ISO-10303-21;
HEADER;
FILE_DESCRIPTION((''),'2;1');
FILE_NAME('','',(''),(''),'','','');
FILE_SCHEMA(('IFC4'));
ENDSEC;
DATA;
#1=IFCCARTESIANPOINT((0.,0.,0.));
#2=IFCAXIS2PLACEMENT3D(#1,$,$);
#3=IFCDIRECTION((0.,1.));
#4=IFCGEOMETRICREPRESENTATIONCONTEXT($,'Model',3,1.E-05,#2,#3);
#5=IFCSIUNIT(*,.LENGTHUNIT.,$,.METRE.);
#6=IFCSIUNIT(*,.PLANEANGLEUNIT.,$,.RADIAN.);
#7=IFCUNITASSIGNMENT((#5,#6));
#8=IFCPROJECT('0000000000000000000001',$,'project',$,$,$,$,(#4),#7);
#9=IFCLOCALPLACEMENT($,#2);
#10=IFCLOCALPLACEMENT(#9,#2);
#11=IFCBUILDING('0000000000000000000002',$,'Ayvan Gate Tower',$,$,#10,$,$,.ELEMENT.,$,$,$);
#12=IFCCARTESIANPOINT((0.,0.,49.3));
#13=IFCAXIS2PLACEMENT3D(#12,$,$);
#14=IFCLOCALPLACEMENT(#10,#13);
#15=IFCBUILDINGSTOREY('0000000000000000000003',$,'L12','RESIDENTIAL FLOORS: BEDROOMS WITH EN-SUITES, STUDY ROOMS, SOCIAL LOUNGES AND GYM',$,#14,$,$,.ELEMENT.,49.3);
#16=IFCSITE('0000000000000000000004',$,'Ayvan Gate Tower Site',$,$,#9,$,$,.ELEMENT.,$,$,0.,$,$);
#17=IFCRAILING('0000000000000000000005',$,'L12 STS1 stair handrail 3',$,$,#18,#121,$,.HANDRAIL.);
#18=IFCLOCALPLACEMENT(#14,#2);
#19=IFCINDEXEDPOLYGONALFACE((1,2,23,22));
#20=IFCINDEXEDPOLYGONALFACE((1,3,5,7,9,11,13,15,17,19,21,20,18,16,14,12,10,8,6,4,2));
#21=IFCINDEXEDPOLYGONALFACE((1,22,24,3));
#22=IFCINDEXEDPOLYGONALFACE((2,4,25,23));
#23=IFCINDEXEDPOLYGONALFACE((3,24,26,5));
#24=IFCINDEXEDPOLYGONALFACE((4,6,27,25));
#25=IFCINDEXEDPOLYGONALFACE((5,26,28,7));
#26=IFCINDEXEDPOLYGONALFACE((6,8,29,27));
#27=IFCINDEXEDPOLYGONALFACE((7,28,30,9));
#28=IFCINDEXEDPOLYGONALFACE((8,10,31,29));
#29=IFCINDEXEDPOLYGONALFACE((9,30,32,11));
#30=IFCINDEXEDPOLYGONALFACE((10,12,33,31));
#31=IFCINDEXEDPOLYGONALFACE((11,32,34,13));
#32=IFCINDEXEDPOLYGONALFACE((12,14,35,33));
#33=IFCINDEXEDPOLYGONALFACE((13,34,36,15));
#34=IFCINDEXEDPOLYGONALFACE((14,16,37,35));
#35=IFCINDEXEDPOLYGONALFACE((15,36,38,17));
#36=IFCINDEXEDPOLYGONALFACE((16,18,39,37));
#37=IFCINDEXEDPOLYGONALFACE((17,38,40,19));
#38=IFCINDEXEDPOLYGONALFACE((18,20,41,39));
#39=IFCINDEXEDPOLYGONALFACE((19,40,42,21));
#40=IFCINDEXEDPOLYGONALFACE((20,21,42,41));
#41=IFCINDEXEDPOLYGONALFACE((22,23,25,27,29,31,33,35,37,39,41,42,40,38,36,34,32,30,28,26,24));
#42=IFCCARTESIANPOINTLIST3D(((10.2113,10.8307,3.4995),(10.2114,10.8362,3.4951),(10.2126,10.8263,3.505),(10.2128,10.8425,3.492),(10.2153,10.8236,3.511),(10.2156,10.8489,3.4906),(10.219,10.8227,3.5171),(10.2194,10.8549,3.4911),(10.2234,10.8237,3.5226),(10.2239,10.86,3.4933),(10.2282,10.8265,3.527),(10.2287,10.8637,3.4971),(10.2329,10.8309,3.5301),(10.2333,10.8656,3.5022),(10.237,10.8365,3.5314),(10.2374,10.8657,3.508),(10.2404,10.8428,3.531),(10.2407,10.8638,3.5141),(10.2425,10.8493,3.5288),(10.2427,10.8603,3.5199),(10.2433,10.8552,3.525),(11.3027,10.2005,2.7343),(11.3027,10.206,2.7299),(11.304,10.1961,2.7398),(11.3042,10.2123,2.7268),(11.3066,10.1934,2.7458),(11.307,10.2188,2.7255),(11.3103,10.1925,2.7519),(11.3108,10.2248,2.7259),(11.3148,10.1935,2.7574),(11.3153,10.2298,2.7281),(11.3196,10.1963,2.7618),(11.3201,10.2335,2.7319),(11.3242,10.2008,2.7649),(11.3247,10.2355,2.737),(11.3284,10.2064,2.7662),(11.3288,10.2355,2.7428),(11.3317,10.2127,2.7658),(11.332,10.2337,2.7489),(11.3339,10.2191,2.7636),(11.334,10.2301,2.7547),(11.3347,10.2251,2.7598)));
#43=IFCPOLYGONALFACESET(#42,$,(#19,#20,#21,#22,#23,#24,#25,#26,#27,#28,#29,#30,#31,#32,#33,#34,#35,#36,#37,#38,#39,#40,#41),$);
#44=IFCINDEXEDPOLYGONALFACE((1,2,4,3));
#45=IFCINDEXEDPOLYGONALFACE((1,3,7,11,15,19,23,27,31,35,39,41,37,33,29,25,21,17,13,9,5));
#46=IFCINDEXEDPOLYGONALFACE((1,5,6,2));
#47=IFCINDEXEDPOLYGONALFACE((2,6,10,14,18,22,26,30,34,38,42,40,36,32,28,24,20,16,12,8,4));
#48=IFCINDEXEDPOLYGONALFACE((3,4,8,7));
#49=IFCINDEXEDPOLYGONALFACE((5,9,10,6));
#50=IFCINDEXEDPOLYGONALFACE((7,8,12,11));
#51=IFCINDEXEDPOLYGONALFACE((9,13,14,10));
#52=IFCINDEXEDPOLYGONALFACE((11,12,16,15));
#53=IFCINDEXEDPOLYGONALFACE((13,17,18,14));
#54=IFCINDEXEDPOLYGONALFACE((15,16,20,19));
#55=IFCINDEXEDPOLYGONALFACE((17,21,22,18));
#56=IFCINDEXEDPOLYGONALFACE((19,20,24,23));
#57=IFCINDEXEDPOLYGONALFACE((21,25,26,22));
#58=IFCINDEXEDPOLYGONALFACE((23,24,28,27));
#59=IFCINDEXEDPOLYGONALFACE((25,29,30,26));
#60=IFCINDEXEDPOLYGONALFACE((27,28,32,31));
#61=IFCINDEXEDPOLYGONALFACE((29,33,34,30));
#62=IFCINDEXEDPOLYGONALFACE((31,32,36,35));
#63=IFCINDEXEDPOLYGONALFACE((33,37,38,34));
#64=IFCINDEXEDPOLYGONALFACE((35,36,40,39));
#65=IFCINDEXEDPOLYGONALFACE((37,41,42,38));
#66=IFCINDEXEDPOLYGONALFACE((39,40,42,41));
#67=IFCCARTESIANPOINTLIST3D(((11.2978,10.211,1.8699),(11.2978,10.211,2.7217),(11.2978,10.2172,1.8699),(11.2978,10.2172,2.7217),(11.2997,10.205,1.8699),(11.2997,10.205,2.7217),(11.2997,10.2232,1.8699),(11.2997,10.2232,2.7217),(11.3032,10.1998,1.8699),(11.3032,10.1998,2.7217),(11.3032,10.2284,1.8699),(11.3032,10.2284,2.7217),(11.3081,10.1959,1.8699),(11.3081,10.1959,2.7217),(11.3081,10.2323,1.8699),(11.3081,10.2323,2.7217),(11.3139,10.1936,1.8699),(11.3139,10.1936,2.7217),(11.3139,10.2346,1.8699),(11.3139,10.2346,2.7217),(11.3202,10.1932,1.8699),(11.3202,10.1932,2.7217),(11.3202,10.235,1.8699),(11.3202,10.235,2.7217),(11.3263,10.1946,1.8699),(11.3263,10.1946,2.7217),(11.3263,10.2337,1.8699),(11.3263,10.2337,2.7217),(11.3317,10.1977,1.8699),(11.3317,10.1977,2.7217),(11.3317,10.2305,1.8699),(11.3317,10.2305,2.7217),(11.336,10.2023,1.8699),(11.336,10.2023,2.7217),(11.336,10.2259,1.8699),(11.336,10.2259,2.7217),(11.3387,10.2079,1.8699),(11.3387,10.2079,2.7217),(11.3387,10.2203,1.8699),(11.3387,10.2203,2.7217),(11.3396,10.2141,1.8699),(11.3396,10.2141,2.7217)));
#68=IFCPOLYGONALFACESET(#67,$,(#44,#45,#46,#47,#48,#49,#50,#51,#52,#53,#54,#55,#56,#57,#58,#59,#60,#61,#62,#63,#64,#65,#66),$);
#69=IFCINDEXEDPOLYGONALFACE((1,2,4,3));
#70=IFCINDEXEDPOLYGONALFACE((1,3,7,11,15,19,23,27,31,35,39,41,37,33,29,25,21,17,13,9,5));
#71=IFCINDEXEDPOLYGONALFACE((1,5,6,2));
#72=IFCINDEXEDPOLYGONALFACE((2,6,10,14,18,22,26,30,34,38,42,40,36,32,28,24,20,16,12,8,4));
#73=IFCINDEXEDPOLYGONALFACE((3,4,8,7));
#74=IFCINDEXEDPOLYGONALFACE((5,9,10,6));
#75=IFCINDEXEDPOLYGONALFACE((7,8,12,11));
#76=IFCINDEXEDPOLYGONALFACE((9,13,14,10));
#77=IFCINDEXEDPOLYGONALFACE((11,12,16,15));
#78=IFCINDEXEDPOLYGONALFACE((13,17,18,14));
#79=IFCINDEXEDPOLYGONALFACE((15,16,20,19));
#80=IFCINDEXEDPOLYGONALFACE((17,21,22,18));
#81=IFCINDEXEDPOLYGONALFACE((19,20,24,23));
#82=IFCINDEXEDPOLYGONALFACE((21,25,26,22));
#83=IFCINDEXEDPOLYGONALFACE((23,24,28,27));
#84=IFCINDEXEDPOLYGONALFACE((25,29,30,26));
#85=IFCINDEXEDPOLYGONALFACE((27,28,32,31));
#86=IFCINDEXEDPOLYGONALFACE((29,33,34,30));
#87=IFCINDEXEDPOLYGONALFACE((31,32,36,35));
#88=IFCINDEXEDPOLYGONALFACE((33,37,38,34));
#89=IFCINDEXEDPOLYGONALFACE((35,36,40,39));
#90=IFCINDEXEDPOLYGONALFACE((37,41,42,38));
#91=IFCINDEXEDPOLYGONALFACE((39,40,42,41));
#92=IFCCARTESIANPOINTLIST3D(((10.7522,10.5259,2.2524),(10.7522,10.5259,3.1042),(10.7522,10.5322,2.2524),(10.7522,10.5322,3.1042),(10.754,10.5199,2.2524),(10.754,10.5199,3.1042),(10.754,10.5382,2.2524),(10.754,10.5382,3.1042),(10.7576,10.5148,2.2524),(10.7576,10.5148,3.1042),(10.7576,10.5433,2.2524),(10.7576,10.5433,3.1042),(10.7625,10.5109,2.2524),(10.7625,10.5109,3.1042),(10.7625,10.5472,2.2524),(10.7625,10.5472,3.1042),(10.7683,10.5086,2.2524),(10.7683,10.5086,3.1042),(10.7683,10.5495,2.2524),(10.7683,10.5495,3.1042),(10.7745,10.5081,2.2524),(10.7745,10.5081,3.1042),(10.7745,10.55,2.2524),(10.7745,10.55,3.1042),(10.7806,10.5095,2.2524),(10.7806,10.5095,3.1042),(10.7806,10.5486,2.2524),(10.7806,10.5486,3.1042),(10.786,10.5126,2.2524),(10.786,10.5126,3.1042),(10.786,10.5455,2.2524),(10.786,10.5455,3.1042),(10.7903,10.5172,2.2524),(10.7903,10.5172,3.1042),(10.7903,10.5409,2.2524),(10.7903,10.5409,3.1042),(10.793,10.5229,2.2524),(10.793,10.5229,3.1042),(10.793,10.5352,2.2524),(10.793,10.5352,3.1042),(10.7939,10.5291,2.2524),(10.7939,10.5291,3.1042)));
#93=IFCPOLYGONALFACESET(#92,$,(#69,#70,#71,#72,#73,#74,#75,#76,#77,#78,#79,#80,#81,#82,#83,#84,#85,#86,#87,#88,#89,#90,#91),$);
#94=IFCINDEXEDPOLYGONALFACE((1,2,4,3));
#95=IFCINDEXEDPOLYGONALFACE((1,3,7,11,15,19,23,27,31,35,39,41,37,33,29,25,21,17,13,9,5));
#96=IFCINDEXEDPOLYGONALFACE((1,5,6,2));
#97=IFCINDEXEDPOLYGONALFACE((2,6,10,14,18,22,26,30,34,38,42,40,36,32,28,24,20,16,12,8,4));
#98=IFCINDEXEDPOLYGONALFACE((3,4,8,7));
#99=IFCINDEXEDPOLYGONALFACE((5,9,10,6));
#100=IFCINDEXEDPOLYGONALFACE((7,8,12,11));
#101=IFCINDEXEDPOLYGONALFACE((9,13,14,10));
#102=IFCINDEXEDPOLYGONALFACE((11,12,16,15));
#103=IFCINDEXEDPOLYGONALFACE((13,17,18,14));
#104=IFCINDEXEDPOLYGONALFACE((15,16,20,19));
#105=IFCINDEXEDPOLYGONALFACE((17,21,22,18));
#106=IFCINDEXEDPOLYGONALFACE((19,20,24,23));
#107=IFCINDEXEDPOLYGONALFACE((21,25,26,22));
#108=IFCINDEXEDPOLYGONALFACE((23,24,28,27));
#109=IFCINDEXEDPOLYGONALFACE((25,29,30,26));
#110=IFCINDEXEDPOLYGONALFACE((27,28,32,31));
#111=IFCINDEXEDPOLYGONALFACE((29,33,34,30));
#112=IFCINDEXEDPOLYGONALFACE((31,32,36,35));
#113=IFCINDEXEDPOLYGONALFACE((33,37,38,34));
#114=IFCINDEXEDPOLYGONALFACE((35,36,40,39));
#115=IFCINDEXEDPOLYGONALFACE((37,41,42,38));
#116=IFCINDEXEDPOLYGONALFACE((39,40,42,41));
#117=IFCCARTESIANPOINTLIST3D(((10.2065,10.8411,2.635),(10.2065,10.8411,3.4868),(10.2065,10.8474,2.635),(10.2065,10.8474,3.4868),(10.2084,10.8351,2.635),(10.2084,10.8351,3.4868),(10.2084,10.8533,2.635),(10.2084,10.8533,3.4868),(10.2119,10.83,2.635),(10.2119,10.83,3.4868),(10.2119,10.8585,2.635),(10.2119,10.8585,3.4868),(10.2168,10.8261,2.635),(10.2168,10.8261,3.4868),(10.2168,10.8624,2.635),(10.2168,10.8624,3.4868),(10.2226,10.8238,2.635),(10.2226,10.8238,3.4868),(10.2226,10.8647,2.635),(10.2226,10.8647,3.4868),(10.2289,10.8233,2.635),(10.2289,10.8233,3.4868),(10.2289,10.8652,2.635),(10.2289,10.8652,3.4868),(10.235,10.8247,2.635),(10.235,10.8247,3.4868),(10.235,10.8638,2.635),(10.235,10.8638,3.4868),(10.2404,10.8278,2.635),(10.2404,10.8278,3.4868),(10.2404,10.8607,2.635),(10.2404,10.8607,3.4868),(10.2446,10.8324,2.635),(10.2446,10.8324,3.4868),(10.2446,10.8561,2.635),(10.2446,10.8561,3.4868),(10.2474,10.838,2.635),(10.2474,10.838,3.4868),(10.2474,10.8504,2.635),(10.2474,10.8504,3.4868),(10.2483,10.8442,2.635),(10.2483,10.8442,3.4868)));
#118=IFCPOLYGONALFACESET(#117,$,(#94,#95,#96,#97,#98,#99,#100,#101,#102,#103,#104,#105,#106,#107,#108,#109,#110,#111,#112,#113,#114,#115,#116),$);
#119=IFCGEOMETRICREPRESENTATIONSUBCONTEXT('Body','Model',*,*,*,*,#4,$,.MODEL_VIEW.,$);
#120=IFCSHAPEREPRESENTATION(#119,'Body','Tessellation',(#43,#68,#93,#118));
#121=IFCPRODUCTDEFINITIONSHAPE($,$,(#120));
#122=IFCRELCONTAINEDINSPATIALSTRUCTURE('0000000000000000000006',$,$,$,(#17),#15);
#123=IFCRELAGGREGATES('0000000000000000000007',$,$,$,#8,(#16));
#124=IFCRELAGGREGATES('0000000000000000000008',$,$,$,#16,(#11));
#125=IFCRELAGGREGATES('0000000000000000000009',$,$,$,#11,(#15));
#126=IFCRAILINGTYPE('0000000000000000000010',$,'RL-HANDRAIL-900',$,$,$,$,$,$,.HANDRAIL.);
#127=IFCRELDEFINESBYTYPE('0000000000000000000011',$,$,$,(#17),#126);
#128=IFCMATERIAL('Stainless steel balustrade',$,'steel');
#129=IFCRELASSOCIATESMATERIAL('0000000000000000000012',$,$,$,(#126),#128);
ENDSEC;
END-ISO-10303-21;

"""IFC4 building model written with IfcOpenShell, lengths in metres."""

from ifc_helpers import new_model, si_unit, direction, frame, origin, origin_2d, place, context, subcontext, project, spatial, circle, extrude, material, type_object, element, save


model = new_model("IFC4")

# Units and contexts
model_context = context("Model", 3, precision=1e-05, world=origin(), true_north=direction((0.0, 1.0)))
body_context = subcontext(model_context, "Body", "Model", "MODEL_VIEW")
ifc_project = project(units=[si_unit("LENGTHUNIT", "METRE"), si_unit("PLANEANGLEUNIT", "RADIAN")], contexts=[model_context])

# Site, building, storey
site_placement = place(None, origin())
site = spatial("IfcSite", under=ifc_project, at=site_placement, Name="Ayvan Gate Tower Site", CompositionType="ELEMENT", RefElevation=0.0)
building_placement = place(site_placement, origin())
building = spatial("IfcBuilding", under=site, at=building_placement, Name="Ayvan Gate Tower", CompositionType="ELEMENT")
storey_placement = place(building_placement, frame((0.0, 0.0, 49.3)))
storey = spatial("IfcBuildingStorey", under=building, at=storey_placement, Name="L12", Description="RESIDENTIAL FLOORS: BEDROOMS WITH EN-SUITES, STUDY ROOMS, SOCIAL LOUNGES AND GYM", CompositionType="ELEMENT", Elevation=49.3)

# Railing
ifc_material_1 = material(Name="Stainless steel balustrade", Category="steel")
railing_type = type_object("IfcRailingType", Name="RL-HANDRAIL-900", PredefinedType="HANDRAIL", material=ifc_material_1)
railing_placement = place(storey_placement, frame((11.3186, 10.2141, 1.8699)))
element("IfcRailing", 1, at=railing_placement, inside=storey, type_object=railing_type, Name="L12 STS1 stair handrail 3", PredefinedType="HANDRAIL", context=body_context, shape_type="SweptSolid", body=[
    extrude(circle(Radius=0.0239, at=origin_2d()), frame((0.0, 0.0, 0.876), z_axis=(-0.740241, 0.427419, 0.518996), x_axis=(-0.500035, -0.866005, 0.0)), (0.0, 0.0, 1.0), 1.4744),
    extrude(circle(Radius=0.021, at=origin_2d()), origin(), (0.0, 0.0, 1.0), 0.8518),
    extrude(circle(Radius=0.021, at=origin_2d()), frame((-0.5457, 0.3149, 0.3826)), (0.0, 0.0, 1.0), 0.8518),
    extrude(circle(Radius=0.021, at=origin_2d()), frame((-1.0913, 0.6301, 0.7651)), (0.0, 0.0, 1.0), 0.8518),
])

save(model, "model.ifc")
